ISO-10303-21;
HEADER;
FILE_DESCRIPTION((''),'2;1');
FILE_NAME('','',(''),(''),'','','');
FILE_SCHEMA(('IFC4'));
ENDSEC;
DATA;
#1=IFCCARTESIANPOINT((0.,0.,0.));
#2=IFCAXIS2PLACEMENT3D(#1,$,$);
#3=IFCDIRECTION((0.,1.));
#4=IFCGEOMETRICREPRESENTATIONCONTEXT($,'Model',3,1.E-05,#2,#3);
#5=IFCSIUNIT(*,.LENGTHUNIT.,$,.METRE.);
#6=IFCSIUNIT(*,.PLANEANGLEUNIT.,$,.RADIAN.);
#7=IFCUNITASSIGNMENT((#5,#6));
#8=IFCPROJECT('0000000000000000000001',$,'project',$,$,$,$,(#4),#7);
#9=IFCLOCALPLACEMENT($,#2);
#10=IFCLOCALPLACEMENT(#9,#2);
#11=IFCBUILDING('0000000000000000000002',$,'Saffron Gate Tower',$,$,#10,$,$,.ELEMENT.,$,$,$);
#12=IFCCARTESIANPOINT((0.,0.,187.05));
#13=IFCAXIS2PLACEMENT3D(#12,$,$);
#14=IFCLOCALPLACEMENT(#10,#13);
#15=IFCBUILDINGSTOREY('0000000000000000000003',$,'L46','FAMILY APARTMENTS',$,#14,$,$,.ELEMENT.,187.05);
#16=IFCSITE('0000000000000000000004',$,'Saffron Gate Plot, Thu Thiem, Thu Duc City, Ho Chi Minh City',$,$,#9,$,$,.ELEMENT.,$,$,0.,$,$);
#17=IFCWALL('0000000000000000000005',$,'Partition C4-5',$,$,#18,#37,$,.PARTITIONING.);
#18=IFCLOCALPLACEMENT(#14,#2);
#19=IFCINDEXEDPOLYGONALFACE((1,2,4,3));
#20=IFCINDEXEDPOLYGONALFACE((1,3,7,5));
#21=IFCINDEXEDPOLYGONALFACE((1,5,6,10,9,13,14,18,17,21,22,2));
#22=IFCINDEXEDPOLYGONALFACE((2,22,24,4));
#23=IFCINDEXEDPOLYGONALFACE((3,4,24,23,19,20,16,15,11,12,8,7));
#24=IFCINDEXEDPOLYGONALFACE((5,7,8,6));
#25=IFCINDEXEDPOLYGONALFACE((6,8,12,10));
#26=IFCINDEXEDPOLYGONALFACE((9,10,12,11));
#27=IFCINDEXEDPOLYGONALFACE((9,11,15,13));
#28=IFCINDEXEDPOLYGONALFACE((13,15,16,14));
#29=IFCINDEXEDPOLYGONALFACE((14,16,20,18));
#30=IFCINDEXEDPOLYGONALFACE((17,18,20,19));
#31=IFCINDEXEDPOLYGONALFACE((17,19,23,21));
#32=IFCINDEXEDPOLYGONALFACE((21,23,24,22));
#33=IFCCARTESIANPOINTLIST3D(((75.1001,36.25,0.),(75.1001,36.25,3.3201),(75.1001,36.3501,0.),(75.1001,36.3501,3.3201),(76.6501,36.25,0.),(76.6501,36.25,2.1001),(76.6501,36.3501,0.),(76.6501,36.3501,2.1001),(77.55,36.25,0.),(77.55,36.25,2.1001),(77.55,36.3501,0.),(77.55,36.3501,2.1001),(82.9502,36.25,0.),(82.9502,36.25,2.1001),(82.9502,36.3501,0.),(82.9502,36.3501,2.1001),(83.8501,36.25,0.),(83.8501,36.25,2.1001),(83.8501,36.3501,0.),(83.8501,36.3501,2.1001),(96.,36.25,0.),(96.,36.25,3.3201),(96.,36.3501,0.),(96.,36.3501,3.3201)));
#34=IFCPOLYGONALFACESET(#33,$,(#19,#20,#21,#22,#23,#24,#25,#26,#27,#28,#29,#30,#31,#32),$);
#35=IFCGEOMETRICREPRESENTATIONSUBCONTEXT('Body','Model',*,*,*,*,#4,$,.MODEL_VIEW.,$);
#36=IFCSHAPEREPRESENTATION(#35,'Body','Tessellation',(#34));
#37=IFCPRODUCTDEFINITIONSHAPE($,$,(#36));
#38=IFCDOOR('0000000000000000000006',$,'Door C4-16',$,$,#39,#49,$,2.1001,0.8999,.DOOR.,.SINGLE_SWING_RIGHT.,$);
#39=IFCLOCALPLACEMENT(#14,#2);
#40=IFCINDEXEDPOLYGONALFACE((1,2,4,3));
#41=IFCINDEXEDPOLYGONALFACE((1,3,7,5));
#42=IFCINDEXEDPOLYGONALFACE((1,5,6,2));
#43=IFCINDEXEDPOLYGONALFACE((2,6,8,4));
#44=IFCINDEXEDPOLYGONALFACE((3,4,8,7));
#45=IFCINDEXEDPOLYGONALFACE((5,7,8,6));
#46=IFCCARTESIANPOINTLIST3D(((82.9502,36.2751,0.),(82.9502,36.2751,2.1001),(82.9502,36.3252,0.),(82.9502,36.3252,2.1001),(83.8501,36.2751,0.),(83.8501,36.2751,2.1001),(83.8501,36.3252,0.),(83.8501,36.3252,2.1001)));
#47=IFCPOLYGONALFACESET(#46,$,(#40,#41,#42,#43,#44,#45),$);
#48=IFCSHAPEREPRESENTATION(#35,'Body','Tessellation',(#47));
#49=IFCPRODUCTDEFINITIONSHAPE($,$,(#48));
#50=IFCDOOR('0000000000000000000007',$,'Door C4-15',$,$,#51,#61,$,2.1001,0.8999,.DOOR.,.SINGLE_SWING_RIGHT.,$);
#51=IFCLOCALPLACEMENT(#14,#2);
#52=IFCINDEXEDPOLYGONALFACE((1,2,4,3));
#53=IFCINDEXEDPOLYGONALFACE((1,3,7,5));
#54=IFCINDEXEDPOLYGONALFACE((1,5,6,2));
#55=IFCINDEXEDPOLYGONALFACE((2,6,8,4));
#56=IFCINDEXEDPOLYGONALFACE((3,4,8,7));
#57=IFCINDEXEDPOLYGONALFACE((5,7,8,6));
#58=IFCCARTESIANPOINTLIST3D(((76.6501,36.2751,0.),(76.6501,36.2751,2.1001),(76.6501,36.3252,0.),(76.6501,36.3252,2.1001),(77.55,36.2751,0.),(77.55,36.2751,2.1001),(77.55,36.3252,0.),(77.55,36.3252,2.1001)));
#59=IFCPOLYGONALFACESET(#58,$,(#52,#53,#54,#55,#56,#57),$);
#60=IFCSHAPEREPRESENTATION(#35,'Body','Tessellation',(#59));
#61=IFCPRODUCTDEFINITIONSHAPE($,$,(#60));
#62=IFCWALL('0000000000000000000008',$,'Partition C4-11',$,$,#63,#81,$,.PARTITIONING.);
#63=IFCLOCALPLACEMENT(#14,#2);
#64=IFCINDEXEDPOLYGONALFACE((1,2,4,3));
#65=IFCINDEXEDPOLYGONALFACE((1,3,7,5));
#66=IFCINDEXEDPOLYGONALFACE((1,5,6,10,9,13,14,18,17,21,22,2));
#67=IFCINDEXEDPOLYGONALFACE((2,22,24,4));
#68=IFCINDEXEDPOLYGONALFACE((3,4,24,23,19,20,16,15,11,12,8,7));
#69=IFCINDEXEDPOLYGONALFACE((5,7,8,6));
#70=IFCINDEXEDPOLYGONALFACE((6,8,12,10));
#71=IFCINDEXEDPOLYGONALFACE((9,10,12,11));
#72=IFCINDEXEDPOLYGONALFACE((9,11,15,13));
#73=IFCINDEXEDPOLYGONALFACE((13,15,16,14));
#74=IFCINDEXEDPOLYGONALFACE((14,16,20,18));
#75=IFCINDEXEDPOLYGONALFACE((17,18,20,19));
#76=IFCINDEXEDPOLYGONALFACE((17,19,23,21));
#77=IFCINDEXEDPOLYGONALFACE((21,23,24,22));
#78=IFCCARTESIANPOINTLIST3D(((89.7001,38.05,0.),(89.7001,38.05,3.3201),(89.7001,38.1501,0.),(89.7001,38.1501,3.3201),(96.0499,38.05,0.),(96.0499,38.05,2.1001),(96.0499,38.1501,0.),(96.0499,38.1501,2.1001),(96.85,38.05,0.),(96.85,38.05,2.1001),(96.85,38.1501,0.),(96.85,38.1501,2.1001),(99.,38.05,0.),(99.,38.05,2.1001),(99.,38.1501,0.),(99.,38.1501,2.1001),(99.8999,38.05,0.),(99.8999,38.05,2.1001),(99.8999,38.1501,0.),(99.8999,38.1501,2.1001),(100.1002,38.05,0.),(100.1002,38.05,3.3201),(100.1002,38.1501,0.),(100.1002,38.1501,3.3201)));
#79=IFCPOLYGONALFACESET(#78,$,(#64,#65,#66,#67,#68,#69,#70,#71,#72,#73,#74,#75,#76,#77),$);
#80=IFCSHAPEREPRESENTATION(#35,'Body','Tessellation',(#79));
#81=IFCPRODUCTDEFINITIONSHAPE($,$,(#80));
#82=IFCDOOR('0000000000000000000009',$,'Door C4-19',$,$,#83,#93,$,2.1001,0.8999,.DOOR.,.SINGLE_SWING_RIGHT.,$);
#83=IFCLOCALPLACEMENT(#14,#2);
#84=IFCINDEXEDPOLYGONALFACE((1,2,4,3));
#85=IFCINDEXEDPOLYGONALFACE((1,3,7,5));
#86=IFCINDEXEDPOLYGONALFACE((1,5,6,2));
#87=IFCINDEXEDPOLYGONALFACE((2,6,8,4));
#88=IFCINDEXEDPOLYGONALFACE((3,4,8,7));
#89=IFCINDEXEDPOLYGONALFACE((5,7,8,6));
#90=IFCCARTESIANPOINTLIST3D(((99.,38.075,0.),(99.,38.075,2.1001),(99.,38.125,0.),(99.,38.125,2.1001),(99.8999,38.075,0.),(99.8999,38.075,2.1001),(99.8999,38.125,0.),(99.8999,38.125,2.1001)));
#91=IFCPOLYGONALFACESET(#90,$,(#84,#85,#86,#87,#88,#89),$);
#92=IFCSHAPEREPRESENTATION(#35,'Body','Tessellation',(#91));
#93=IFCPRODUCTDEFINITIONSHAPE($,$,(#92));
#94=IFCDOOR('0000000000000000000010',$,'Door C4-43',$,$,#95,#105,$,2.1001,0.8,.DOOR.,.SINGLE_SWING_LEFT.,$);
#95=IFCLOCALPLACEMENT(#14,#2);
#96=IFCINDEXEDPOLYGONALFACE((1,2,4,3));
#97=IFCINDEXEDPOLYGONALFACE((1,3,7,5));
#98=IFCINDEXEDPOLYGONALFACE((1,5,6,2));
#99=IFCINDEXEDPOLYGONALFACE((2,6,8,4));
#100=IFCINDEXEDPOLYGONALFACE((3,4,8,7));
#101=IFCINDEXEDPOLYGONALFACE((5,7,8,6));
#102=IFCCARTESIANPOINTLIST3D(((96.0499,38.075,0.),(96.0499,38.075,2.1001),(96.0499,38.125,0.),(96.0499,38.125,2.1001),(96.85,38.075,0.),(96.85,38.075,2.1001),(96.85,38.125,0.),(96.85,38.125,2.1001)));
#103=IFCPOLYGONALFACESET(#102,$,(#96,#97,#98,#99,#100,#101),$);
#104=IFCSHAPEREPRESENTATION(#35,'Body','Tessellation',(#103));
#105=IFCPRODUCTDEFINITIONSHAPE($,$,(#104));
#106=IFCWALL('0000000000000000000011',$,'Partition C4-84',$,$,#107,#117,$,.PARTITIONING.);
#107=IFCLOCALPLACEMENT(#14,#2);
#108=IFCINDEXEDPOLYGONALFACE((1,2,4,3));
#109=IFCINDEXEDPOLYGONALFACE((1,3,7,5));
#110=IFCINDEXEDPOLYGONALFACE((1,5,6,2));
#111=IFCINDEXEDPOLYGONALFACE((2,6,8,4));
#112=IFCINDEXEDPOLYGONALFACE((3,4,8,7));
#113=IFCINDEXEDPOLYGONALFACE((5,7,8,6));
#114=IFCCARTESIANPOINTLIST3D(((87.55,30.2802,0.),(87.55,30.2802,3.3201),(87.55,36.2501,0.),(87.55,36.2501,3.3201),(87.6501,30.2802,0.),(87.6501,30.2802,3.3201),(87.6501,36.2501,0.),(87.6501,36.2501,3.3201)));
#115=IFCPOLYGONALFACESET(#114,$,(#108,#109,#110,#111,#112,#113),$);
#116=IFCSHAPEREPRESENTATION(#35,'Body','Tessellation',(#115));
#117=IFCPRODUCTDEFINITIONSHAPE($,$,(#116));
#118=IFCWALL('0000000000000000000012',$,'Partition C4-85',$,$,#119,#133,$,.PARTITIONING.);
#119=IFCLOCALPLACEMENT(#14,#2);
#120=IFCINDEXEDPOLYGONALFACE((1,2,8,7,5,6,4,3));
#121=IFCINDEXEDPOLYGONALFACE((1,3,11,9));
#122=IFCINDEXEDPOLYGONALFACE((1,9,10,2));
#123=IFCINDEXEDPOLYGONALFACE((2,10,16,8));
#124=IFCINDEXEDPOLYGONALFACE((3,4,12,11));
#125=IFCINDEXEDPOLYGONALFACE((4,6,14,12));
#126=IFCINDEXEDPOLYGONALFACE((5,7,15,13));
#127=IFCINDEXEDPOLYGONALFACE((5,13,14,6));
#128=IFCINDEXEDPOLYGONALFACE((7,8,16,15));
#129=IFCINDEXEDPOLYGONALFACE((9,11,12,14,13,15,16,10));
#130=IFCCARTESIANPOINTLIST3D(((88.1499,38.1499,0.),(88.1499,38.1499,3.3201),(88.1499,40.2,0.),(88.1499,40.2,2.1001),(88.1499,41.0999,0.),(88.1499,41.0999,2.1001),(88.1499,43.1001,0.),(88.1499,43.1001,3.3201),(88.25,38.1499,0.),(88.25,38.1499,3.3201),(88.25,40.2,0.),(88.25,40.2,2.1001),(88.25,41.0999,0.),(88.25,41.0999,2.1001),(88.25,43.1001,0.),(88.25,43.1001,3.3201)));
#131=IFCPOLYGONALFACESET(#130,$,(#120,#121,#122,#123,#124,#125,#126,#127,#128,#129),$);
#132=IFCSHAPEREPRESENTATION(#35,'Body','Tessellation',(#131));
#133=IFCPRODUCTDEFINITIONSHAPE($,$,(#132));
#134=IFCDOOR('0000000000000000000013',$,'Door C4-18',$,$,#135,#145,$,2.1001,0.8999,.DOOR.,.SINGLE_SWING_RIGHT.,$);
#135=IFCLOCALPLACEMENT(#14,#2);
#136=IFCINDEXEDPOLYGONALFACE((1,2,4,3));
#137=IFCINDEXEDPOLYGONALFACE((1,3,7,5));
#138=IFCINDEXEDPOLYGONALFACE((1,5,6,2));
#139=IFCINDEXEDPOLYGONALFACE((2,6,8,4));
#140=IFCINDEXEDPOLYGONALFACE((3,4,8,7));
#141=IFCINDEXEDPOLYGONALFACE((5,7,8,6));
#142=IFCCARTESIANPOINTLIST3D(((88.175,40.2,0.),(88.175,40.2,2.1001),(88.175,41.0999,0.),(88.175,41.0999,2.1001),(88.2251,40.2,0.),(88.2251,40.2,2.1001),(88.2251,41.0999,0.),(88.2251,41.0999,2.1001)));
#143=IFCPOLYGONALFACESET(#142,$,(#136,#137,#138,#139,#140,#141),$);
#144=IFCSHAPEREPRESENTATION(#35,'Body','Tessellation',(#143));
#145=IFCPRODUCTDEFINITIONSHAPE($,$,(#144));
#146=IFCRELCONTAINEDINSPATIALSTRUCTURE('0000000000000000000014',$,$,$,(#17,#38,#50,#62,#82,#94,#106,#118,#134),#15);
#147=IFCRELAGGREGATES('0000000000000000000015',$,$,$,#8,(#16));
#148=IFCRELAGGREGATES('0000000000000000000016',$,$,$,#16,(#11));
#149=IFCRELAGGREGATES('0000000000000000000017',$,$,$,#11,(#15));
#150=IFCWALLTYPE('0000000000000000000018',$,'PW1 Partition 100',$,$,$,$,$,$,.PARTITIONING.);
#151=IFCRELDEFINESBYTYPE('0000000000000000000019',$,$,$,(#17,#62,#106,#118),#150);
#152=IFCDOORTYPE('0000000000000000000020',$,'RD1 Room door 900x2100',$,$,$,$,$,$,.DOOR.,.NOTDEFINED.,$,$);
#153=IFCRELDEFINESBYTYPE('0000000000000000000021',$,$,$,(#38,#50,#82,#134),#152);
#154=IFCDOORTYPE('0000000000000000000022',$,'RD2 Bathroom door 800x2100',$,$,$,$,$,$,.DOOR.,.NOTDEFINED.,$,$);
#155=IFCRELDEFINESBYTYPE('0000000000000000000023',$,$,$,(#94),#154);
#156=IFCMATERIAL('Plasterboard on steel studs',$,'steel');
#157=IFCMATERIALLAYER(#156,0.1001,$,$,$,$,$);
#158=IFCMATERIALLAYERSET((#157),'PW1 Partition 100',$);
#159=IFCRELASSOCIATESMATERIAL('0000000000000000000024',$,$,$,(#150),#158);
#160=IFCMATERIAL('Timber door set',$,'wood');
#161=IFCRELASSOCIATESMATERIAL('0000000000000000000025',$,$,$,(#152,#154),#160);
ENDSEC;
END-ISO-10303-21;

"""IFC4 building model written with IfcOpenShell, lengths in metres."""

from ifc_helpers import new_model, si_unit, direction, frame, frame_2d, origin, place, context, subcontext, project, spatial, rectangle, extrude, material, layer, layer_set, type_object, element, fill, save


model = new_model("IFC4")

# Units and contexts
model_context = context("Model", 3, precision=1e-05, world=origin(), true_north=direction((0.0, 1.0)))
body_context = subcontext(model_context, "Body", "Model", "MODEL_VIEW")
ifc_project = project(units=[si_unit("LENGTHUNIT", "METRE"), si_unit("PLANEANGLEUNIT", "RADIAN")], contexts=[model_context])

# Site, building, storey
site_placement = place(None, origin())
site = spatial("IfcSite", under=ifc_project, at=site_placement, Name="Saffron Gate Plot, Thu Thiem, Thu Duc City, Ho Chi Minh City", CompositionType="ELEMENT", RefElevation=0.0)
building_placement = place(site_placement, origin())
building = spatial("IfcBuilding", under=site, at=building_placement, Name="Saffron Gate Tower", CompositionType="ELEMENT")
storey_placement = place(building_placement, frame((0.0, 0.0, 187.05)))
storey = spatial("IfcBuildingStorey", under=building, at=storey_placement, Name="L46", Description="FAMILY APARTMENTS", CompositionType="ELEMENT", Elevation=187.05)

# Walls, openings, doors
ifc_material_1 = material(Name="Plasterboard on steel studs", Category="steel")
ifc_layer_1 = layer(ifc_material_1, 0.1001)
ifc_layer_set_1 = layer_set([ifc_layer_1], Name="PW1 Partition 100")
wall_type = type_object("IfcWallType", Name="PW1 Partition 100", PredefinedType="PARTITIONING", material=ifc_layer_set_1)
wall_1_placement = place(storey_placement, frame((96.0, 36.3, 0.0), z_axis=(0.0, 0.0, 1.0), x_axis=(-1.0, 0.0, 0.0)))
wall_1 = element("IfcWall", 1, at=wall_1_placement, inside=storey, type_object=wall_type, Name="Partition C4-5", PredefinedType="PARTITIONING", context=body_context, shape_type="SweptSolid", body=[
    extrude(rectangle(XDim=20.8999, YDim=0.1001, at=frame_2d((10.45, 0.0))), origin(), (0.0, 0.0, 1.0), 3.3201),
])
opening_1_placement = place(wall_1_placement, frame((12.1499, 0.0, 0.0)))
opening_1 = element("IfcOpeningElement", 2, at=opening_1_placement, cuts=wall_1, PredefinedType="OPENING", context=body_context, shape_type="SweptSolid", body=[
    extrude(rectangle(XDim=0.8999, YDim=2.1001, at=frame_2d((0.45, 1.05))), frame((0.0, 0.0601, 0.0), z_axis=(0.0, -1.0, 0.0), x_axis=(1.0, 0.0, 0.0)), (0.0, 0.0, 1.0), 0.1201),
])
opening_2_placement = place(wall_1_placement, frame((18.45, 0.0, 0.0)))
opening_2 = element("IfcOpeningElement", 3, at=opening_2_placement, cuts=wall_1, PredefinedType="OPENING", context=body_context, shape_type="SweptSolid", body=[
    extrude(rectangle(XDim=0.8999, YDim=2.1001, at=frame_2d((0.45, 1.05))), frame((0.0, 0.0601, 0.0), z_axis=(0.0, -1.0, 0.0), x_axis=(1.0, 0.0, 0.0)), (0.0, 0.0, 1.0), 0.1201),
])
ifc_material_2 = material(Name="Timber door set", Category="wood")
door_type_1 = type_object("IfcDoorType", Name="RD1 Room door 900x2100", OperationType="NOTDEFINED", PredefinedType="DOOR", material=ifc_material_2)
door_1_placement = place(opening_1_placement, origin())
door_1 = element("IfcDoor", 4, at=door_1_placement, inside=storey, type_object=door_type_1, Name="Door C4-16", OperationType="SINGLE_SWING_RIGHT", OverallHeight=2.1001, OverallWidth=0.8999, PredefinedType="DOOR", context=body_context, shape_type="SweptSolid", body=[
    extrude(rectangle(XDim=0.8999, YDim=2.1001, at=frame_2d((0.45, 1.05))), frame((0.0, 0.0249, 0.0), z_axis=(0.0, -1.0, 0.0), x_axis=(1.0, 0.0, 0.0)), (0.0, 0.0, 1.0), 0.05),
])
fill(opening_1, door_1)
door_2_placement = place(opening_2_placement, origin())
door_2 = element("IfcDoor", 5, at=door_2_placement, inside=storey, type_object=door_type_1, Name="Door C4-15", OperationType="SINGLE_SWING_RIGHT", OverallHeight=2.1001, OverallWidth=0.8999, PredefinedType="DOOR", context=body_context, shape_type="SweptSolid", body=[
    extrude(rectangle(XDim=0.8999, YDim=2.1001, at=frame_2d((0.45, 1.05))), frame((0.0, 0.0249, 0.0), z_axis=(0.0, -1.0, 0.0), x_axis=(1.0, 0.0, 0.0)), (0.0, 0.0, 1.0), 0.05),
])
fill(opening_2, door_2)
wall_2_placement = place(storey_placement, frame((89.7, 38.1001, 0.0), z_axis=(0.0, 0.0, 1.0), x_axis=(1.0, 0.0, 0.0)))
wall_2 = element("IfcWall", 6, at=wall_2_placement, inside=storey, type_object=wall_type, Name="Partition C4-11", PredefinedType="PARTITIONING", context=body_context, shape_type="SweptSolid", body=[
    extrude(rectangle(XDim=10.4001, YDim=0.1001, at=frame_2d((5.2002, 0.0))), origin(), (0.0, 0.0, 1.0), 3.3201),
])
opening_3_placement = place(wall_2_placement, frame((6.3501, 0.0, 0.0)))
opening_3 = element("IfcOpeningElement", 7, at=opening_3_placement, cuts=wall_2, PredefinedType="OPENING", context=body_context, shape_type="SweptSolid", body=[
    extrude(rectangle(XDim=0.8, YDim=2.1001, at=frame_2d((0.3999, 1.05))), frame((0.0, 0.0601, 0.0), z_axis=(0.0, -1.0, 0.0), x_axis=(1.0, 0.0, 0.0)), (0.0, 0.0, 1.0), 0.1201),
])
opening_4_placement = place(wall_2_placement, frame((9.3, 0.0, 0.0)))
opening_4 = element("IfcOpeningElement", 8, at=opening_4_placement, cuts=wall_2, PredefinedType="OPENING", context=body_context, shape_type="SweptSolid", body=[
    extrude(rectangle(XDim=0.8999, YDim=2.1001, at=frame_2d((0.45, 1.05))), frame((0.0, 0.0601, 0.0), z_axis=(0.0, -1.0, 0.0), x_axis=(1.0, 0.0, 0.0)), (0.0, 0.0, 1.0), 0.1201),
])
door_3_placement = place(opening_4_placement, origin())
door_3 = element("IfcDoor", 9, at=door_3_placement, inside=storey, type_object=door_type_1, Name="Door C4-19", OperationType="SINGLE_SWING_RIGHT", OverallHeight=2.1001, OverallWidth=0.8999, PredefinedType="DOOR", context=body_context, shape_type="SweptSolid", body=[
    extrude(rectangle(XDim=0.8999, YDim=2.1001, at=frame_2d((0.45, 1.05))), frame((0.0, 0.0249, 0.0), z_axis=(0.0, -1.0, 0.0), x_axis=(1.0, 0.0, 0.0)), (0.0, 0.0, 1.0), 0.05),
])
fill(opening_4, door_3)
door_type_2 = type_object("IfcDoorType", Name="RD2 Bathroom door 800x2100", OperationType="NOTDEFINED", PredefinedType="DOOR", material=ifc_material_2)
door_4_placement = place(opening_3_placement, origin())
door_4 = element("IfcDoor", 10, at=door_4_placement, inside=storey, type_object=door_type_2, Name="Door C4-43", OperationType="SINGLE_SWING_LEFT", OverallHeight=2.1001, OverallWidth=0.8, PredefinedType="DOOR", context=body_context, shape_type="SweptSolid", body=[
    extrude(rectangle(XDim=0.8, YDim=2.1001, at=frame_2d((0.3999, 1.05))), frame((0.0, 0.0249, 0.0), z_axis=(0.0, -1.0, 0.0), x_axis=(1.0, 0.0, 0.0)), (0.0, 0.0, 1.0), 0.05),
])
fill(opening_3, door_4)

# Wall
wall_3_placement = place(storey_placement, frame((87.6001, 36.25, 0.0), z_axis=(0.0, 0.0, 1.0), x_axis=(0.0, -1.0, 0.0)))
element("IfcWall", 11, at=wall_3_placement, inside=storey, type_object=wall_type, Name="Partition C4-84", PredefinedType="PARTITIONING", context=body_context, shape_type="SweptSolid", body=[
    extrude(rectangle(XDim=5.97, YDim=0.1001, at=frame_2d((2.9849, 0.0))), origin(), (0.0, 0.0, 1.0), 3.3201),
])

# Wall, opening, door
wall_4_placement = place(storey_placement, frame((88.2, 38.1499, 0.0), z_axis=(0.0, 0.0, 1.0), x_axis=(0.0, 1.0, 0.0)))
wall_4 = element("IfcWall", 12, at=wall_4_placement, inside=storey, type_object=wall_type, Name="Partition C4-85", PredefinedType="PARTITIONING", context=body_context, shape_type="SweptSolid", body=[
    extrude(rectangle(XDim=4.9502, YDim=0.1001, at=frame_2d((2.4751, 0.0))), origin(), (0.0, 0.0, 1.0), 3.3201),
])
opening_5_placement = place(wall_4_placement, frame((2.05, 0.0, 0.0)))
opening_5 = element("IfcOpeningElement", 13, at=opening_5_placement, cuts=wall_4, PredefinedType="OPENING", context=body_context, shape_type="SweptSolid", body=[
    extrude(rectangle(XDim=0.8999, YDim=2.1001, at=frame_2d((0.45, 1.05))), frame((0.0, 0.0601, 0.0), z_axis=(0.0, -1.0, 0.0), x_axis=(1.0, 0.0, 0.0)), (0.0, 0.0, 1.0), 0.1201),
])
door_5_placement = place(opening_5_placement, origin())
door_5 = element("IfcDoor", 14, at=door_5_placement, inside=storey, type_object=door_type_1, Name="Door C4-18", OperationType="SINGLE_SWING_RIGHT", OverallHeight=2.1001, OverallWidth=0.8999, PredefinedType="DOOR", context=body_context, shape_type="SweptSolid", body=[
    extrude(rectangle(XDim=0.8999, YDim=2.1001, at=frame_2d((0.45, 1.05))), frame((0.0, 0.0249, 0.0), z_axis=(0.0, -1.0, 0.0), x_axis=(1.0, 0.0, 0.0)), (0.0, 0.0, 1.0), 0.05),
])
fill(opening_5, door_5)

save(model, "model.ifc")
